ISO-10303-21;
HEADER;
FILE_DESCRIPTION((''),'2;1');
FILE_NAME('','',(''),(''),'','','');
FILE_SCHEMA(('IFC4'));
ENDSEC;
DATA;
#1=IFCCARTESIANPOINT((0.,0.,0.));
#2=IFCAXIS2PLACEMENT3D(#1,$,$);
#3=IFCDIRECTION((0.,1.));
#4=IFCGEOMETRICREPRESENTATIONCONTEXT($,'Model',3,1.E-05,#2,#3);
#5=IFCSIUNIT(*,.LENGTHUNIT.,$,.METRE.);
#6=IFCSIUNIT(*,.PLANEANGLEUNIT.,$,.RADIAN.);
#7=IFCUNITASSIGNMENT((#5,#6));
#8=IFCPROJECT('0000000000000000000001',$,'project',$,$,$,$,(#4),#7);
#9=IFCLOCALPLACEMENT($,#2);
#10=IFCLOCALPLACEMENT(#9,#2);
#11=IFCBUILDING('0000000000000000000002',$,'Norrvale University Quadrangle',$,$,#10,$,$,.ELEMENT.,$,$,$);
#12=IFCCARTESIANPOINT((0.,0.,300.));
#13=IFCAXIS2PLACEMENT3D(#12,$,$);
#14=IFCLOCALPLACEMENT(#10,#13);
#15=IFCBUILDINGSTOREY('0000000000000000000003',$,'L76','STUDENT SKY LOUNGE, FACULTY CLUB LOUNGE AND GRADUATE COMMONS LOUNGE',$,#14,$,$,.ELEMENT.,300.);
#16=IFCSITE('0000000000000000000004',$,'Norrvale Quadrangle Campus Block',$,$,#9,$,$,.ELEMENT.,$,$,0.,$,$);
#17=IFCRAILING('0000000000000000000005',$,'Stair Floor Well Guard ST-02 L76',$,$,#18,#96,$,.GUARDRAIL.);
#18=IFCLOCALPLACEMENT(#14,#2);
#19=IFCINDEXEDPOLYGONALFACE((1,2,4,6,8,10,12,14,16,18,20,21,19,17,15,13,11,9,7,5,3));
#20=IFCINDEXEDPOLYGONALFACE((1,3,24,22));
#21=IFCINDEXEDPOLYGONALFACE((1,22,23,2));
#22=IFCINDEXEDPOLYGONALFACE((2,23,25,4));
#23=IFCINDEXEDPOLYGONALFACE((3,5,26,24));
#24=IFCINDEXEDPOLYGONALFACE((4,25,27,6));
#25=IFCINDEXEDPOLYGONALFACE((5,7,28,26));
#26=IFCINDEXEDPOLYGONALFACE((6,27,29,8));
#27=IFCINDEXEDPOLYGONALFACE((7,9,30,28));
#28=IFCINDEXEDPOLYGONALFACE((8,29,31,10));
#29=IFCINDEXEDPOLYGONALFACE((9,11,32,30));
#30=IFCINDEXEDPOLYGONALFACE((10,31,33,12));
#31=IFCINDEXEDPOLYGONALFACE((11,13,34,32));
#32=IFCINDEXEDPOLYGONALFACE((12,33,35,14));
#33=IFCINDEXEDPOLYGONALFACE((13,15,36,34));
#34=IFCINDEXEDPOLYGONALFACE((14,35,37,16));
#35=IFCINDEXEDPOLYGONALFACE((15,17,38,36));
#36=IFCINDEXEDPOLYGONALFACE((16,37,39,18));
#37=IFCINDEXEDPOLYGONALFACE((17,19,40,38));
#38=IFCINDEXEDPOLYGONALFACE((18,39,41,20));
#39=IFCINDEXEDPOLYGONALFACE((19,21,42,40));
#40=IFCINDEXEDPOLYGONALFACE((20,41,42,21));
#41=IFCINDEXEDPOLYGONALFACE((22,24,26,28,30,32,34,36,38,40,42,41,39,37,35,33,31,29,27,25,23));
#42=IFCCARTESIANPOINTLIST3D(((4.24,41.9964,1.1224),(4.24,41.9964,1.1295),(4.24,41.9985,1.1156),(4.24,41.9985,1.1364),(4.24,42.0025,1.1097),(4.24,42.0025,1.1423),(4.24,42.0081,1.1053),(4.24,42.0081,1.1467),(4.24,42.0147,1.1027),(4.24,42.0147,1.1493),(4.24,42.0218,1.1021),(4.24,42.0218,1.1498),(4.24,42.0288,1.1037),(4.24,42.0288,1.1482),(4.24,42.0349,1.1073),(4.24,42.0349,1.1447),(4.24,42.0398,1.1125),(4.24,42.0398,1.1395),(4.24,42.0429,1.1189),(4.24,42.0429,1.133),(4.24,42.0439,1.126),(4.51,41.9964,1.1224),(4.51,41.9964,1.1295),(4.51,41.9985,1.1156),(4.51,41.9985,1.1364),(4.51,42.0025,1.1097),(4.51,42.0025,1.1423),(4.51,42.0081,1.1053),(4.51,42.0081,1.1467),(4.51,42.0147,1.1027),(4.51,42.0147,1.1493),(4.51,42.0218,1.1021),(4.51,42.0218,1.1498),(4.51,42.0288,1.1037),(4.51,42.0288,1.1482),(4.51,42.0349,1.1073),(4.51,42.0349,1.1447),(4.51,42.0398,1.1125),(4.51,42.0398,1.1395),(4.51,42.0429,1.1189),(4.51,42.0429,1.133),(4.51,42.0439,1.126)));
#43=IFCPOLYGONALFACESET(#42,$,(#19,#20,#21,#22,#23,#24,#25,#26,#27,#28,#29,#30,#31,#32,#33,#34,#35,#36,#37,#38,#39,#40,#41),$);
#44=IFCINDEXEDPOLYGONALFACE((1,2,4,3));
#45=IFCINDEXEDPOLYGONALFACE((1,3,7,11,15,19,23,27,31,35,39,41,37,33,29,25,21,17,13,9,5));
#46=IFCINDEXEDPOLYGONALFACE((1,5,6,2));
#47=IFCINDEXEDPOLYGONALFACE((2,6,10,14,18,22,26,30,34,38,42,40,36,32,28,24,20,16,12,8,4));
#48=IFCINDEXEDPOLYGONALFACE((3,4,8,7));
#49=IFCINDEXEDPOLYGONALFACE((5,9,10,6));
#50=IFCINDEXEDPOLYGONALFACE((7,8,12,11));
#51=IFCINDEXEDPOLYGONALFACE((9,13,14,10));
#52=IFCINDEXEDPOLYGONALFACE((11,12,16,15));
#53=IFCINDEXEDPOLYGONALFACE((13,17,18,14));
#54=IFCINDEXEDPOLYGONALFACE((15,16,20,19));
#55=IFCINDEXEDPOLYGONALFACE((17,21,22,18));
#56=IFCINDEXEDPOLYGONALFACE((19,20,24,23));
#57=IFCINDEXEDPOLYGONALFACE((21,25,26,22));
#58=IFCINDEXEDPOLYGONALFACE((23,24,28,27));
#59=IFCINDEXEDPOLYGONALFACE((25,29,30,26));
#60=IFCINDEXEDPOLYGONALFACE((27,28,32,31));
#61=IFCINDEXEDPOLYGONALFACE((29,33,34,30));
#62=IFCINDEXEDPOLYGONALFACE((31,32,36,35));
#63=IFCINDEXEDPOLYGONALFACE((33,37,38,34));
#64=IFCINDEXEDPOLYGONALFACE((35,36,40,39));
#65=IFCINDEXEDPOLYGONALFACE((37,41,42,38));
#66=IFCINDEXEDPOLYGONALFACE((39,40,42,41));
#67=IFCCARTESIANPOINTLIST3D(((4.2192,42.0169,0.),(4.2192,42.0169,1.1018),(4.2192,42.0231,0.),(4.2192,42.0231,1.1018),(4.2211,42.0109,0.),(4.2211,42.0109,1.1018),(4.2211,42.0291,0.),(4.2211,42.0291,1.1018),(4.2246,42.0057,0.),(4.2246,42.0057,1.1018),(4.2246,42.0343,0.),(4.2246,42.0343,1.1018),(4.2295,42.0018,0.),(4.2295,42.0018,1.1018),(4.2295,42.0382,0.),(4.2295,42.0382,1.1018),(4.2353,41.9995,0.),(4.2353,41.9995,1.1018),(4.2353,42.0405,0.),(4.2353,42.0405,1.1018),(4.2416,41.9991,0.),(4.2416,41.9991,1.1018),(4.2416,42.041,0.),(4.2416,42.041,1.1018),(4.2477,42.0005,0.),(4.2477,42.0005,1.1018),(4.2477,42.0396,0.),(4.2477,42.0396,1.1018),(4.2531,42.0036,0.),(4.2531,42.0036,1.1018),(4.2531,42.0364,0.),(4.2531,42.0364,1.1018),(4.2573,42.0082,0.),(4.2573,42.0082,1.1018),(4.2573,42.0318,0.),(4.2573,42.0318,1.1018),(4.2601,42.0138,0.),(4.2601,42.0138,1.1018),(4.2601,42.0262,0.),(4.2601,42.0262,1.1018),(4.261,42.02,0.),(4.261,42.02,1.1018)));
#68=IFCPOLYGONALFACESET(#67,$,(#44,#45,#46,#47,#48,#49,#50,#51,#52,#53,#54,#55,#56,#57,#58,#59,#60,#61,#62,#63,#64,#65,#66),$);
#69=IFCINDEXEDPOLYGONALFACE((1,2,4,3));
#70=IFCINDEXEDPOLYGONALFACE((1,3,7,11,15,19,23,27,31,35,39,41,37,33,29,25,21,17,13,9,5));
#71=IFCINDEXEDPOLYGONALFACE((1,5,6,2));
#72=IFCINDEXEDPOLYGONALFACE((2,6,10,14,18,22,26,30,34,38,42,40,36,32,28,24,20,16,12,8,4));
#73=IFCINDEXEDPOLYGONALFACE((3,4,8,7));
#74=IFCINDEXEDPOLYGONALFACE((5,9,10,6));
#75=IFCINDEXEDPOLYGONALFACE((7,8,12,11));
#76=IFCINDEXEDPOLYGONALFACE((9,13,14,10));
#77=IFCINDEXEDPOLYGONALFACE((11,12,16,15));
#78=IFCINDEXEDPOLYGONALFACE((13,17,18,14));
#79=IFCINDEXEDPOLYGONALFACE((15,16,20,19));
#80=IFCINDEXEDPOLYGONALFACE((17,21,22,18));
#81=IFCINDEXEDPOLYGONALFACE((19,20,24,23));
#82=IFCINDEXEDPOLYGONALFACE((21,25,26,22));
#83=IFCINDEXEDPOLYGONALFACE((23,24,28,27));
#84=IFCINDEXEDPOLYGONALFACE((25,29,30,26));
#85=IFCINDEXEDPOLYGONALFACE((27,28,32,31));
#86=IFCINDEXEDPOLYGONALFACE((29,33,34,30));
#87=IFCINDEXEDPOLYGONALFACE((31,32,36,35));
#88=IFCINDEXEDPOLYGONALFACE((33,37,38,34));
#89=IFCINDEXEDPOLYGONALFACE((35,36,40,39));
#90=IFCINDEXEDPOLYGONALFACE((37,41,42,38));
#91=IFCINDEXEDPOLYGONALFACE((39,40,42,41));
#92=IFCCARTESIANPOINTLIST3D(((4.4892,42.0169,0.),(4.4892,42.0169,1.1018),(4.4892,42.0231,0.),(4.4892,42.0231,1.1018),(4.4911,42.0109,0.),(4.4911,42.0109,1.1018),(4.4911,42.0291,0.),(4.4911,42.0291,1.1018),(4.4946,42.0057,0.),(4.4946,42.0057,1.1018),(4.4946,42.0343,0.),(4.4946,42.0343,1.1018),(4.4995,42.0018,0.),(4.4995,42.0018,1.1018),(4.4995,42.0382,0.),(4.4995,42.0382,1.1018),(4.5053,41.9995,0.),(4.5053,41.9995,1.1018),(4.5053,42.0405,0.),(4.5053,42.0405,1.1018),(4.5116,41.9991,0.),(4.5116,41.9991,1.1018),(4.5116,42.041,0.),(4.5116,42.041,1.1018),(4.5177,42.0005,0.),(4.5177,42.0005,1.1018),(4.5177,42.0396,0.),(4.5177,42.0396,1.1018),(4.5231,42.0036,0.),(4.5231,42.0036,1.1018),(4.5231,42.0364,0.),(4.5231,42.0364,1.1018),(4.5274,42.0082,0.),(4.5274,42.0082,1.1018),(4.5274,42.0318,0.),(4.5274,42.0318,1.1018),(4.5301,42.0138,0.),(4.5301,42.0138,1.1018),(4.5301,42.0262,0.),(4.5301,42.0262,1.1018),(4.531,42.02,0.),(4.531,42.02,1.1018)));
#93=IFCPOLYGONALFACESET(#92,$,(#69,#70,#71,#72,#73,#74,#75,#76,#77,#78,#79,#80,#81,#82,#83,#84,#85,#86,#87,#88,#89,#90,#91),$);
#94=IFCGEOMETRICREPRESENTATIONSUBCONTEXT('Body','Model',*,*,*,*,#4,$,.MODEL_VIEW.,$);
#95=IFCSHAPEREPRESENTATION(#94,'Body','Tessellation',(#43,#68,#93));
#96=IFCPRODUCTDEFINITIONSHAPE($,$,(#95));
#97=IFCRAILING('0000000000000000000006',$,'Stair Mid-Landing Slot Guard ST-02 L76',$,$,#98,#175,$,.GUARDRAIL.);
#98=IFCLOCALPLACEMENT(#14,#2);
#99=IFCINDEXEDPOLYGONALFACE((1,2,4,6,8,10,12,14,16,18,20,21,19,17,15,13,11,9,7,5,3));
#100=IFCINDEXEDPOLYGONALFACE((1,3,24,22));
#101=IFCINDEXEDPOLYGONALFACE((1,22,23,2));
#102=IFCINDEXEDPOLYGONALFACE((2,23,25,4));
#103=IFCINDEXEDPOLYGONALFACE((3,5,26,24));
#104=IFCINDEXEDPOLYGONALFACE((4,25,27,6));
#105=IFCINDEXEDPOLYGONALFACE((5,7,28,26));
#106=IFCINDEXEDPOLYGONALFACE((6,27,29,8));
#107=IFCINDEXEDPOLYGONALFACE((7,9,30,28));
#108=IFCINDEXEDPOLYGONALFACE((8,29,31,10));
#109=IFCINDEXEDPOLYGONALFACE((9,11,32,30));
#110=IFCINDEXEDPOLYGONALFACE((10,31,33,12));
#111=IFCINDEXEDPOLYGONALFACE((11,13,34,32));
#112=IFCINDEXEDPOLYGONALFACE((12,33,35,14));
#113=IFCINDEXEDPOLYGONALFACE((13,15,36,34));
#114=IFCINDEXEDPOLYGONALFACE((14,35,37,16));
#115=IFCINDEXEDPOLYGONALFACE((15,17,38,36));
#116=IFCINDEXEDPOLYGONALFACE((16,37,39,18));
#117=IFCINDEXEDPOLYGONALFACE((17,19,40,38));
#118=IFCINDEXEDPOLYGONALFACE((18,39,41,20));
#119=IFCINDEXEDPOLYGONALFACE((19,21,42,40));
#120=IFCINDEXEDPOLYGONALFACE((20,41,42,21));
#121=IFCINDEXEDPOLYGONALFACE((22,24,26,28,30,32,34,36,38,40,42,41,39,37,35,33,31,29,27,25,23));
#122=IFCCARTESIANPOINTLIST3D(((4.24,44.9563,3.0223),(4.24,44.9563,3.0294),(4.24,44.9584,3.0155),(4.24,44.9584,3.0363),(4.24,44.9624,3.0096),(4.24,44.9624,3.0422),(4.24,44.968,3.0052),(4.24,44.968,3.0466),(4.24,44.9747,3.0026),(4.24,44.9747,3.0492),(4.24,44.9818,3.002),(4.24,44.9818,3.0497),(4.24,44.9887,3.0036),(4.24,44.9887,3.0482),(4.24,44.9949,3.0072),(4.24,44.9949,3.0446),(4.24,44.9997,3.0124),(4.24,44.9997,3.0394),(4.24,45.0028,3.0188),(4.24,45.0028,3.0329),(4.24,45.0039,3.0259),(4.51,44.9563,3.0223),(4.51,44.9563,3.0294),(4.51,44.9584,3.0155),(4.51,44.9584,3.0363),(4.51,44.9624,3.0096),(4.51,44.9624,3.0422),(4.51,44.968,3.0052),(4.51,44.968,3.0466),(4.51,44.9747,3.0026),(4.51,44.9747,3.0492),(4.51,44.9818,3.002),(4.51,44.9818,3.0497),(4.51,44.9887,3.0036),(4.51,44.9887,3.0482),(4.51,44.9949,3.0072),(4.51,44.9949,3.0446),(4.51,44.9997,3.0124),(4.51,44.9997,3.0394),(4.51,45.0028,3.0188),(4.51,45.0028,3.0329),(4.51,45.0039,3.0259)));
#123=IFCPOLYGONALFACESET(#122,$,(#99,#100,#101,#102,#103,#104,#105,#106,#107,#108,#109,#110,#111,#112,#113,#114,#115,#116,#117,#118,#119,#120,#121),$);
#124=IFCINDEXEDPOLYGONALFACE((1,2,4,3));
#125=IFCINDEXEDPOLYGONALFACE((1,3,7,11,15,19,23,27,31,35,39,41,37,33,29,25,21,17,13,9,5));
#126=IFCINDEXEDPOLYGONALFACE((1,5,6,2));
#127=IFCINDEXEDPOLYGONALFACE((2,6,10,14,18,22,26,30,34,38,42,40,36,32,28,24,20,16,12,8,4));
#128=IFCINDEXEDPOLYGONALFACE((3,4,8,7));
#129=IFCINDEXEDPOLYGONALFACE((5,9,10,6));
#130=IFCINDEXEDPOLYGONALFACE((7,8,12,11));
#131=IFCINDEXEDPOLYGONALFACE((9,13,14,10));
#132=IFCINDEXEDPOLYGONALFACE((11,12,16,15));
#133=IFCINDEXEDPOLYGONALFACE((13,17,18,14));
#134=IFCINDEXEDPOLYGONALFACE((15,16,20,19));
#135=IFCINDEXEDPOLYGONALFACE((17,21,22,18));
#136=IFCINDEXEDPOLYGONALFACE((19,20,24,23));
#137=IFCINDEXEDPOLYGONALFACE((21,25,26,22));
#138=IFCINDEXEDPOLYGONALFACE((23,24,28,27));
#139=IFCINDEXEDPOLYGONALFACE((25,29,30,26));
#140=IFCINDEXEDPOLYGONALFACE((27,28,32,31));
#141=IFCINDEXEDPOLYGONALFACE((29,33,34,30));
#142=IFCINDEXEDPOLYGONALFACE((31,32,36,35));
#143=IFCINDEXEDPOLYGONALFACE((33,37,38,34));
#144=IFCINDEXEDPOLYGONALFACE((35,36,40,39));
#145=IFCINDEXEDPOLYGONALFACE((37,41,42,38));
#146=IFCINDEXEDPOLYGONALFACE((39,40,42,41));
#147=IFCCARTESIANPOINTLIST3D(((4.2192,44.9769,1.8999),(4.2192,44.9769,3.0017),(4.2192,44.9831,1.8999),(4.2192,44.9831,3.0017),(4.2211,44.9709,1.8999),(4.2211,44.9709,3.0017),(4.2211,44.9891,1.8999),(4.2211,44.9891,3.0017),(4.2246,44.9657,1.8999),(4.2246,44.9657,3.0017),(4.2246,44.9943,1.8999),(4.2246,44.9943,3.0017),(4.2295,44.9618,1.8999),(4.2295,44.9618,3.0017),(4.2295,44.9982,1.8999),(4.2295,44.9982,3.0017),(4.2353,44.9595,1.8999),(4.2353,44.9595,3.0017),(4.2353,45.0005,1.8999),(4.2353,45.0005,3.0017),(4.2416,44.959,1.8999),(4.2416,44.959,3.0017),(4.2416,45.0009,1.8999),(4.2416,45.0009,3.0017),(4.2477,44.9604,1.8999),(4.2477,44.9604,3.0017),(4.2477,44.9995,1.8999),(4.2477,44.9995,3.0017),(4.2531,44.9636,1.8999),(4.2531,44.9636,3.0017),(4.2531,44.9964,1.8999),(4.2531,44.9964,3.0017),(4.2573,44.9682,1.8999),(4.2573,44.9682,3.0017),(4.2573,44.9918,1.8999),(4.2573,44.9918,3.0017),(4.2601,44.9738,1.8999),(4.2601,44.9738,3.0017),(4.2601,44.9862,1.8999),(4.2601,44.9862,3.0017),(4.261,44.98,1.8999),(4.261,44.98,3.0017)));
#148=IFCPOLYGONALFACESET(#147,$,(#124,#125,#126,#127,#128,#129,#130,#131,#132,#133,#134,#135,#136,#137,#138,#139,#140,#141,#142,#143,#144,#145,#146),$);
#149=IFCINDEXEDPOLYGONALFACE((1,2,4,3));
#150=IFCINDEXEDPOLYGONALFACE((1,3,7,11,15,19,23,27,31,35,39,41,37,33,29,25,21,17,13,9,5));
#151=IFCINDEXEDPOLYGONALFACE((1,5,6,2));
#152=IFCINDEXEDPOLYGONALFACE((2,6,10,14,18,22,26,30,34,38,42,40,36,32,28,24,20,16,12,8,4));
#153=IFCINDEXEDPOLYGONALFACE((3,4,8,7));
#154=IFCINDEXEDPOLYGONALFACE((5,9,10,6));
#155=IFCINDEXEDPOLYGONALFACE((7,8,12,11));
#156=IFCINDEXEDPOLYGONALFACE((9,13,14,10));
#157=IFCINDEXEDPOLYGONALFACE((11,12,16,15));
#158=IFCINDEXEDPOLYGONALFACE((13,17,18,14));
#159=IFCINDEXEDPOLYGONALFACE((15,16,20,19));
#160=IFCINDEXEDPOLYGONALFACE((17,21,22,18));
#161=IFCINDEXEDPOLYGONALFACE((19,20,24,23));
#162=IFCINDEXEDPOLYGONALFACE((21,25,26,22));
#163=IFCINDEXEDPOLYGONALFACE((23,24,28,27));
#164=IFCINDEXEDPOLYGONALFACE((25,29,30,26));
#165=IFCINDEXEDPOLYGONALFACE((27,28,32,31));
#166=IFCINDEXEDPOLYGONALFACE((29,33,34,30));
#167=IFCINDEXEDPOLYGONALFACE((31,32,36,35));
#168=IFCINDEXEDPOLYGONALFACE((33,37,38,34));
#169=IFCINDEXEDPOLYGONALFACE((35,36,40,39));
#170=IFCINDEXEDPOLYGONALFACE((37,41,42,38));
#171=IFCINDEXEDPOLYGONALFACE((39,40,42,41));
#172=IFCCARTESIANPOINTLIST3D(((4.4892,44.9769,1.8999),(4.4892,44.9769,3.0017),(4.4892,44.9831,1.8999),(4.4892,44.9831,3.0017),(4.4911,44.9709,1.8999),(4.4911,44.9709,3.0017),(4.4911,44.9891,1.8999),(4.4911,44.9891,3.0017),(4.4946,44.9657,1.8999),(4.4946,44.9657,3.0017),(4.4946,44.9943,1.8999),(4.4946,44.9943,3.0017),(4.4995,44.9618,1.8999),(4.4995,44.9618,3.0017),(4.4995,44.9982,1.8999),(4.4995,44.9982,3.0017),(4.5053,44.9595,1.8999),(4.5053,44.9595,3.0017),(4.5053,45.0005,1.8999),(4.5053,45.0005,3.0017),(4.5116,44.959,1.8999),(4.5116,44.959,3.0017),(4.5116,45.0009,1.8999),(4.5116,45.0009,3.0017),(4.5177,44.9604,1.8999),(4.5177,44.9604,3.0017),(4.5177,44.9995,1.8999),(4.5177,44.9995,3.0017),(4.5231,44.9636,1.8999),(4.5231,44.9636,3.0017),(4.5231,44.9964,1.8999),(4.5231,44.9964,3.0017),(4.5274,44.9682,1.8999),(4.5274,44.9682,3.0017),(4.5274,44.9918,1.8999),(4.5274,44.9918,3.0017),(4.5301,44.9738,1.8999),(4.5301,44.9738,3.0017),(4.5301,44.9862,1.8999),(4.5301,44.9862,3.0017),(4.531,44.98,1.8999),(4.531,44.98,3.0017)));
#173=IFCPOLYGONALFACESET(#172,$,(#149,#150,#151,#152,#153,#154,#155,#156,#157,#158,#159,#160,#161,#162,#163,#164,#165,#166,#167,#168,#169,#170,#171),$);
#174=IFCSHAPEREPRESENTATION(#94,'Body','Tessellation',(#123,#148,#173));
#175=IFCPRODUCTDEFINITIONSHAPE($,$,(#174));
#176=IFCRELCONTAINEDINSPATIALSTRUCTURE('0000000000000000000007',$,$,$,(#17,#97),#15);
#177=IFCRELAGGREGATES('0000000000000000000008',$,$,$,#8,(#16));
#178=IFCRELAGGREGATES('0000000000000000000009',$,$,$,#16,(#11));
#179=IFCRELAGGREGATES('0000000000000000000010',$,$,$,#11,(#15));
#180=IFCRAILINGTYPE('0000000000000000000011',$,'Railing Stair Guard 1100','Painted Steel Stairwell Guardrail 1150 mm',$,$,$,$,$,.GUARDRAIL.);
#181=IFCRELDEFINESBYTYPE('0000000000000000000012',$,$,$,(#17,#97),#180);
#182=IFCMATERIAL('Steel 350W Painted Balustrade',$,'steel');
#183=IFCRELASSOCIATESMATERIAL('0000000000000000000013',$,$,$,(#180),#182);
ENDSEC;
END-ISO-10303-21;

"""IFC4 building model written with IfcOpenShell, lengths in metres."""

from ifc_helpers import new_model, si_unit, direction, frame, origin, origin_2d, place, context, subcontext, project, spatial, circle, extrude, material, type_object, element, save


model = new_model("IFC4")

# Units and contexts
model_context = context("Model", 3, precision=1e-05, world=origin(), true_north=direction((0.0, 1.0)))
body_context = subcontext(model_context, "Body", "Model", "MODEL_VIEW")
ifc_project = project(units=[si_unit("LENGTHUNIT", "METRE"), si_unit("PLANEANGLEUNIT", "RADIAN")], contexts=[model_context])

# Site, building, storey
site_placement = place(None, origin())
site = spatial("IfcSite", under=ifc_project, at=site_placement, Name="Norrvale Quadrangle Campus Block", CompositionType="ELEMENT", RefElevation=0.0)
building_placement = place(site_placement, origin())
building = spatial("IfcBuilding", under=site, at=building_placement, Name="Norrvale University Quadrangle", CompositionType="ELEMENT")
storey_placement = place(building_placement, frame((0.0, 0.0, 300.0)))
storey = spatial("IfcBuildingStorey", under=building, at=storey_placement, Name="L76", Description="STUDENT SKY LOUNGE, FACULTY CLUB LOUNGE AND GRADUATE COMMONS LOUNGE", CompositionType="ELEMENT", Elevation=300.0)

# Railings
ifc_material_1 = material(Name="Steel 350W Painted Balustrade", Category="steel")
railing_type_1 = type_object("IfcRailingType", Name="Railing Stair Guard 1100", Description="Painted Steel Stairwell Guardrail 1150 mm", PredefinedType="GUARDRAIL", material=ifc_material_1)
for number, where, name in (
    (1, (4.24, 42.02, 0.0), "Stair Floor Well Guard ST-02 L76"),
    (2, (4.24, 44.98, 1.8999), "Stair Mid-Landing Slot Guard ST-02 L76"),
):
    element("IfcRailing", number, at=place(storey_placement, frame(where)), inside=storey, type_object=railing_type_1, Name=name, PredefinedType="GUARDRAIL", context=body_context, shape_type="SweptSolid", body=[
        extrude(circle(Radius=0.0239, at=origin_2d()), frame((0.0, 0.0, 1.126), z_axis=(1.0, 0.0, 0.0), x_axis=(0.0, 1.0, 0.0)), (0.0, 0.0, 1.0), 0.27),
        extrude(circle(Radius=0.021, at=origin_2d()), origin(), (0.0, 0.0, 1.0), 1.1018),
        extrude(circle(Radius=0.021, at=origin_2d()), frame((0.27, 0.0, 0.0)), (0.0, 0.0, 1.0), 1.1018),
    ])

save(model, "model.ifc")
